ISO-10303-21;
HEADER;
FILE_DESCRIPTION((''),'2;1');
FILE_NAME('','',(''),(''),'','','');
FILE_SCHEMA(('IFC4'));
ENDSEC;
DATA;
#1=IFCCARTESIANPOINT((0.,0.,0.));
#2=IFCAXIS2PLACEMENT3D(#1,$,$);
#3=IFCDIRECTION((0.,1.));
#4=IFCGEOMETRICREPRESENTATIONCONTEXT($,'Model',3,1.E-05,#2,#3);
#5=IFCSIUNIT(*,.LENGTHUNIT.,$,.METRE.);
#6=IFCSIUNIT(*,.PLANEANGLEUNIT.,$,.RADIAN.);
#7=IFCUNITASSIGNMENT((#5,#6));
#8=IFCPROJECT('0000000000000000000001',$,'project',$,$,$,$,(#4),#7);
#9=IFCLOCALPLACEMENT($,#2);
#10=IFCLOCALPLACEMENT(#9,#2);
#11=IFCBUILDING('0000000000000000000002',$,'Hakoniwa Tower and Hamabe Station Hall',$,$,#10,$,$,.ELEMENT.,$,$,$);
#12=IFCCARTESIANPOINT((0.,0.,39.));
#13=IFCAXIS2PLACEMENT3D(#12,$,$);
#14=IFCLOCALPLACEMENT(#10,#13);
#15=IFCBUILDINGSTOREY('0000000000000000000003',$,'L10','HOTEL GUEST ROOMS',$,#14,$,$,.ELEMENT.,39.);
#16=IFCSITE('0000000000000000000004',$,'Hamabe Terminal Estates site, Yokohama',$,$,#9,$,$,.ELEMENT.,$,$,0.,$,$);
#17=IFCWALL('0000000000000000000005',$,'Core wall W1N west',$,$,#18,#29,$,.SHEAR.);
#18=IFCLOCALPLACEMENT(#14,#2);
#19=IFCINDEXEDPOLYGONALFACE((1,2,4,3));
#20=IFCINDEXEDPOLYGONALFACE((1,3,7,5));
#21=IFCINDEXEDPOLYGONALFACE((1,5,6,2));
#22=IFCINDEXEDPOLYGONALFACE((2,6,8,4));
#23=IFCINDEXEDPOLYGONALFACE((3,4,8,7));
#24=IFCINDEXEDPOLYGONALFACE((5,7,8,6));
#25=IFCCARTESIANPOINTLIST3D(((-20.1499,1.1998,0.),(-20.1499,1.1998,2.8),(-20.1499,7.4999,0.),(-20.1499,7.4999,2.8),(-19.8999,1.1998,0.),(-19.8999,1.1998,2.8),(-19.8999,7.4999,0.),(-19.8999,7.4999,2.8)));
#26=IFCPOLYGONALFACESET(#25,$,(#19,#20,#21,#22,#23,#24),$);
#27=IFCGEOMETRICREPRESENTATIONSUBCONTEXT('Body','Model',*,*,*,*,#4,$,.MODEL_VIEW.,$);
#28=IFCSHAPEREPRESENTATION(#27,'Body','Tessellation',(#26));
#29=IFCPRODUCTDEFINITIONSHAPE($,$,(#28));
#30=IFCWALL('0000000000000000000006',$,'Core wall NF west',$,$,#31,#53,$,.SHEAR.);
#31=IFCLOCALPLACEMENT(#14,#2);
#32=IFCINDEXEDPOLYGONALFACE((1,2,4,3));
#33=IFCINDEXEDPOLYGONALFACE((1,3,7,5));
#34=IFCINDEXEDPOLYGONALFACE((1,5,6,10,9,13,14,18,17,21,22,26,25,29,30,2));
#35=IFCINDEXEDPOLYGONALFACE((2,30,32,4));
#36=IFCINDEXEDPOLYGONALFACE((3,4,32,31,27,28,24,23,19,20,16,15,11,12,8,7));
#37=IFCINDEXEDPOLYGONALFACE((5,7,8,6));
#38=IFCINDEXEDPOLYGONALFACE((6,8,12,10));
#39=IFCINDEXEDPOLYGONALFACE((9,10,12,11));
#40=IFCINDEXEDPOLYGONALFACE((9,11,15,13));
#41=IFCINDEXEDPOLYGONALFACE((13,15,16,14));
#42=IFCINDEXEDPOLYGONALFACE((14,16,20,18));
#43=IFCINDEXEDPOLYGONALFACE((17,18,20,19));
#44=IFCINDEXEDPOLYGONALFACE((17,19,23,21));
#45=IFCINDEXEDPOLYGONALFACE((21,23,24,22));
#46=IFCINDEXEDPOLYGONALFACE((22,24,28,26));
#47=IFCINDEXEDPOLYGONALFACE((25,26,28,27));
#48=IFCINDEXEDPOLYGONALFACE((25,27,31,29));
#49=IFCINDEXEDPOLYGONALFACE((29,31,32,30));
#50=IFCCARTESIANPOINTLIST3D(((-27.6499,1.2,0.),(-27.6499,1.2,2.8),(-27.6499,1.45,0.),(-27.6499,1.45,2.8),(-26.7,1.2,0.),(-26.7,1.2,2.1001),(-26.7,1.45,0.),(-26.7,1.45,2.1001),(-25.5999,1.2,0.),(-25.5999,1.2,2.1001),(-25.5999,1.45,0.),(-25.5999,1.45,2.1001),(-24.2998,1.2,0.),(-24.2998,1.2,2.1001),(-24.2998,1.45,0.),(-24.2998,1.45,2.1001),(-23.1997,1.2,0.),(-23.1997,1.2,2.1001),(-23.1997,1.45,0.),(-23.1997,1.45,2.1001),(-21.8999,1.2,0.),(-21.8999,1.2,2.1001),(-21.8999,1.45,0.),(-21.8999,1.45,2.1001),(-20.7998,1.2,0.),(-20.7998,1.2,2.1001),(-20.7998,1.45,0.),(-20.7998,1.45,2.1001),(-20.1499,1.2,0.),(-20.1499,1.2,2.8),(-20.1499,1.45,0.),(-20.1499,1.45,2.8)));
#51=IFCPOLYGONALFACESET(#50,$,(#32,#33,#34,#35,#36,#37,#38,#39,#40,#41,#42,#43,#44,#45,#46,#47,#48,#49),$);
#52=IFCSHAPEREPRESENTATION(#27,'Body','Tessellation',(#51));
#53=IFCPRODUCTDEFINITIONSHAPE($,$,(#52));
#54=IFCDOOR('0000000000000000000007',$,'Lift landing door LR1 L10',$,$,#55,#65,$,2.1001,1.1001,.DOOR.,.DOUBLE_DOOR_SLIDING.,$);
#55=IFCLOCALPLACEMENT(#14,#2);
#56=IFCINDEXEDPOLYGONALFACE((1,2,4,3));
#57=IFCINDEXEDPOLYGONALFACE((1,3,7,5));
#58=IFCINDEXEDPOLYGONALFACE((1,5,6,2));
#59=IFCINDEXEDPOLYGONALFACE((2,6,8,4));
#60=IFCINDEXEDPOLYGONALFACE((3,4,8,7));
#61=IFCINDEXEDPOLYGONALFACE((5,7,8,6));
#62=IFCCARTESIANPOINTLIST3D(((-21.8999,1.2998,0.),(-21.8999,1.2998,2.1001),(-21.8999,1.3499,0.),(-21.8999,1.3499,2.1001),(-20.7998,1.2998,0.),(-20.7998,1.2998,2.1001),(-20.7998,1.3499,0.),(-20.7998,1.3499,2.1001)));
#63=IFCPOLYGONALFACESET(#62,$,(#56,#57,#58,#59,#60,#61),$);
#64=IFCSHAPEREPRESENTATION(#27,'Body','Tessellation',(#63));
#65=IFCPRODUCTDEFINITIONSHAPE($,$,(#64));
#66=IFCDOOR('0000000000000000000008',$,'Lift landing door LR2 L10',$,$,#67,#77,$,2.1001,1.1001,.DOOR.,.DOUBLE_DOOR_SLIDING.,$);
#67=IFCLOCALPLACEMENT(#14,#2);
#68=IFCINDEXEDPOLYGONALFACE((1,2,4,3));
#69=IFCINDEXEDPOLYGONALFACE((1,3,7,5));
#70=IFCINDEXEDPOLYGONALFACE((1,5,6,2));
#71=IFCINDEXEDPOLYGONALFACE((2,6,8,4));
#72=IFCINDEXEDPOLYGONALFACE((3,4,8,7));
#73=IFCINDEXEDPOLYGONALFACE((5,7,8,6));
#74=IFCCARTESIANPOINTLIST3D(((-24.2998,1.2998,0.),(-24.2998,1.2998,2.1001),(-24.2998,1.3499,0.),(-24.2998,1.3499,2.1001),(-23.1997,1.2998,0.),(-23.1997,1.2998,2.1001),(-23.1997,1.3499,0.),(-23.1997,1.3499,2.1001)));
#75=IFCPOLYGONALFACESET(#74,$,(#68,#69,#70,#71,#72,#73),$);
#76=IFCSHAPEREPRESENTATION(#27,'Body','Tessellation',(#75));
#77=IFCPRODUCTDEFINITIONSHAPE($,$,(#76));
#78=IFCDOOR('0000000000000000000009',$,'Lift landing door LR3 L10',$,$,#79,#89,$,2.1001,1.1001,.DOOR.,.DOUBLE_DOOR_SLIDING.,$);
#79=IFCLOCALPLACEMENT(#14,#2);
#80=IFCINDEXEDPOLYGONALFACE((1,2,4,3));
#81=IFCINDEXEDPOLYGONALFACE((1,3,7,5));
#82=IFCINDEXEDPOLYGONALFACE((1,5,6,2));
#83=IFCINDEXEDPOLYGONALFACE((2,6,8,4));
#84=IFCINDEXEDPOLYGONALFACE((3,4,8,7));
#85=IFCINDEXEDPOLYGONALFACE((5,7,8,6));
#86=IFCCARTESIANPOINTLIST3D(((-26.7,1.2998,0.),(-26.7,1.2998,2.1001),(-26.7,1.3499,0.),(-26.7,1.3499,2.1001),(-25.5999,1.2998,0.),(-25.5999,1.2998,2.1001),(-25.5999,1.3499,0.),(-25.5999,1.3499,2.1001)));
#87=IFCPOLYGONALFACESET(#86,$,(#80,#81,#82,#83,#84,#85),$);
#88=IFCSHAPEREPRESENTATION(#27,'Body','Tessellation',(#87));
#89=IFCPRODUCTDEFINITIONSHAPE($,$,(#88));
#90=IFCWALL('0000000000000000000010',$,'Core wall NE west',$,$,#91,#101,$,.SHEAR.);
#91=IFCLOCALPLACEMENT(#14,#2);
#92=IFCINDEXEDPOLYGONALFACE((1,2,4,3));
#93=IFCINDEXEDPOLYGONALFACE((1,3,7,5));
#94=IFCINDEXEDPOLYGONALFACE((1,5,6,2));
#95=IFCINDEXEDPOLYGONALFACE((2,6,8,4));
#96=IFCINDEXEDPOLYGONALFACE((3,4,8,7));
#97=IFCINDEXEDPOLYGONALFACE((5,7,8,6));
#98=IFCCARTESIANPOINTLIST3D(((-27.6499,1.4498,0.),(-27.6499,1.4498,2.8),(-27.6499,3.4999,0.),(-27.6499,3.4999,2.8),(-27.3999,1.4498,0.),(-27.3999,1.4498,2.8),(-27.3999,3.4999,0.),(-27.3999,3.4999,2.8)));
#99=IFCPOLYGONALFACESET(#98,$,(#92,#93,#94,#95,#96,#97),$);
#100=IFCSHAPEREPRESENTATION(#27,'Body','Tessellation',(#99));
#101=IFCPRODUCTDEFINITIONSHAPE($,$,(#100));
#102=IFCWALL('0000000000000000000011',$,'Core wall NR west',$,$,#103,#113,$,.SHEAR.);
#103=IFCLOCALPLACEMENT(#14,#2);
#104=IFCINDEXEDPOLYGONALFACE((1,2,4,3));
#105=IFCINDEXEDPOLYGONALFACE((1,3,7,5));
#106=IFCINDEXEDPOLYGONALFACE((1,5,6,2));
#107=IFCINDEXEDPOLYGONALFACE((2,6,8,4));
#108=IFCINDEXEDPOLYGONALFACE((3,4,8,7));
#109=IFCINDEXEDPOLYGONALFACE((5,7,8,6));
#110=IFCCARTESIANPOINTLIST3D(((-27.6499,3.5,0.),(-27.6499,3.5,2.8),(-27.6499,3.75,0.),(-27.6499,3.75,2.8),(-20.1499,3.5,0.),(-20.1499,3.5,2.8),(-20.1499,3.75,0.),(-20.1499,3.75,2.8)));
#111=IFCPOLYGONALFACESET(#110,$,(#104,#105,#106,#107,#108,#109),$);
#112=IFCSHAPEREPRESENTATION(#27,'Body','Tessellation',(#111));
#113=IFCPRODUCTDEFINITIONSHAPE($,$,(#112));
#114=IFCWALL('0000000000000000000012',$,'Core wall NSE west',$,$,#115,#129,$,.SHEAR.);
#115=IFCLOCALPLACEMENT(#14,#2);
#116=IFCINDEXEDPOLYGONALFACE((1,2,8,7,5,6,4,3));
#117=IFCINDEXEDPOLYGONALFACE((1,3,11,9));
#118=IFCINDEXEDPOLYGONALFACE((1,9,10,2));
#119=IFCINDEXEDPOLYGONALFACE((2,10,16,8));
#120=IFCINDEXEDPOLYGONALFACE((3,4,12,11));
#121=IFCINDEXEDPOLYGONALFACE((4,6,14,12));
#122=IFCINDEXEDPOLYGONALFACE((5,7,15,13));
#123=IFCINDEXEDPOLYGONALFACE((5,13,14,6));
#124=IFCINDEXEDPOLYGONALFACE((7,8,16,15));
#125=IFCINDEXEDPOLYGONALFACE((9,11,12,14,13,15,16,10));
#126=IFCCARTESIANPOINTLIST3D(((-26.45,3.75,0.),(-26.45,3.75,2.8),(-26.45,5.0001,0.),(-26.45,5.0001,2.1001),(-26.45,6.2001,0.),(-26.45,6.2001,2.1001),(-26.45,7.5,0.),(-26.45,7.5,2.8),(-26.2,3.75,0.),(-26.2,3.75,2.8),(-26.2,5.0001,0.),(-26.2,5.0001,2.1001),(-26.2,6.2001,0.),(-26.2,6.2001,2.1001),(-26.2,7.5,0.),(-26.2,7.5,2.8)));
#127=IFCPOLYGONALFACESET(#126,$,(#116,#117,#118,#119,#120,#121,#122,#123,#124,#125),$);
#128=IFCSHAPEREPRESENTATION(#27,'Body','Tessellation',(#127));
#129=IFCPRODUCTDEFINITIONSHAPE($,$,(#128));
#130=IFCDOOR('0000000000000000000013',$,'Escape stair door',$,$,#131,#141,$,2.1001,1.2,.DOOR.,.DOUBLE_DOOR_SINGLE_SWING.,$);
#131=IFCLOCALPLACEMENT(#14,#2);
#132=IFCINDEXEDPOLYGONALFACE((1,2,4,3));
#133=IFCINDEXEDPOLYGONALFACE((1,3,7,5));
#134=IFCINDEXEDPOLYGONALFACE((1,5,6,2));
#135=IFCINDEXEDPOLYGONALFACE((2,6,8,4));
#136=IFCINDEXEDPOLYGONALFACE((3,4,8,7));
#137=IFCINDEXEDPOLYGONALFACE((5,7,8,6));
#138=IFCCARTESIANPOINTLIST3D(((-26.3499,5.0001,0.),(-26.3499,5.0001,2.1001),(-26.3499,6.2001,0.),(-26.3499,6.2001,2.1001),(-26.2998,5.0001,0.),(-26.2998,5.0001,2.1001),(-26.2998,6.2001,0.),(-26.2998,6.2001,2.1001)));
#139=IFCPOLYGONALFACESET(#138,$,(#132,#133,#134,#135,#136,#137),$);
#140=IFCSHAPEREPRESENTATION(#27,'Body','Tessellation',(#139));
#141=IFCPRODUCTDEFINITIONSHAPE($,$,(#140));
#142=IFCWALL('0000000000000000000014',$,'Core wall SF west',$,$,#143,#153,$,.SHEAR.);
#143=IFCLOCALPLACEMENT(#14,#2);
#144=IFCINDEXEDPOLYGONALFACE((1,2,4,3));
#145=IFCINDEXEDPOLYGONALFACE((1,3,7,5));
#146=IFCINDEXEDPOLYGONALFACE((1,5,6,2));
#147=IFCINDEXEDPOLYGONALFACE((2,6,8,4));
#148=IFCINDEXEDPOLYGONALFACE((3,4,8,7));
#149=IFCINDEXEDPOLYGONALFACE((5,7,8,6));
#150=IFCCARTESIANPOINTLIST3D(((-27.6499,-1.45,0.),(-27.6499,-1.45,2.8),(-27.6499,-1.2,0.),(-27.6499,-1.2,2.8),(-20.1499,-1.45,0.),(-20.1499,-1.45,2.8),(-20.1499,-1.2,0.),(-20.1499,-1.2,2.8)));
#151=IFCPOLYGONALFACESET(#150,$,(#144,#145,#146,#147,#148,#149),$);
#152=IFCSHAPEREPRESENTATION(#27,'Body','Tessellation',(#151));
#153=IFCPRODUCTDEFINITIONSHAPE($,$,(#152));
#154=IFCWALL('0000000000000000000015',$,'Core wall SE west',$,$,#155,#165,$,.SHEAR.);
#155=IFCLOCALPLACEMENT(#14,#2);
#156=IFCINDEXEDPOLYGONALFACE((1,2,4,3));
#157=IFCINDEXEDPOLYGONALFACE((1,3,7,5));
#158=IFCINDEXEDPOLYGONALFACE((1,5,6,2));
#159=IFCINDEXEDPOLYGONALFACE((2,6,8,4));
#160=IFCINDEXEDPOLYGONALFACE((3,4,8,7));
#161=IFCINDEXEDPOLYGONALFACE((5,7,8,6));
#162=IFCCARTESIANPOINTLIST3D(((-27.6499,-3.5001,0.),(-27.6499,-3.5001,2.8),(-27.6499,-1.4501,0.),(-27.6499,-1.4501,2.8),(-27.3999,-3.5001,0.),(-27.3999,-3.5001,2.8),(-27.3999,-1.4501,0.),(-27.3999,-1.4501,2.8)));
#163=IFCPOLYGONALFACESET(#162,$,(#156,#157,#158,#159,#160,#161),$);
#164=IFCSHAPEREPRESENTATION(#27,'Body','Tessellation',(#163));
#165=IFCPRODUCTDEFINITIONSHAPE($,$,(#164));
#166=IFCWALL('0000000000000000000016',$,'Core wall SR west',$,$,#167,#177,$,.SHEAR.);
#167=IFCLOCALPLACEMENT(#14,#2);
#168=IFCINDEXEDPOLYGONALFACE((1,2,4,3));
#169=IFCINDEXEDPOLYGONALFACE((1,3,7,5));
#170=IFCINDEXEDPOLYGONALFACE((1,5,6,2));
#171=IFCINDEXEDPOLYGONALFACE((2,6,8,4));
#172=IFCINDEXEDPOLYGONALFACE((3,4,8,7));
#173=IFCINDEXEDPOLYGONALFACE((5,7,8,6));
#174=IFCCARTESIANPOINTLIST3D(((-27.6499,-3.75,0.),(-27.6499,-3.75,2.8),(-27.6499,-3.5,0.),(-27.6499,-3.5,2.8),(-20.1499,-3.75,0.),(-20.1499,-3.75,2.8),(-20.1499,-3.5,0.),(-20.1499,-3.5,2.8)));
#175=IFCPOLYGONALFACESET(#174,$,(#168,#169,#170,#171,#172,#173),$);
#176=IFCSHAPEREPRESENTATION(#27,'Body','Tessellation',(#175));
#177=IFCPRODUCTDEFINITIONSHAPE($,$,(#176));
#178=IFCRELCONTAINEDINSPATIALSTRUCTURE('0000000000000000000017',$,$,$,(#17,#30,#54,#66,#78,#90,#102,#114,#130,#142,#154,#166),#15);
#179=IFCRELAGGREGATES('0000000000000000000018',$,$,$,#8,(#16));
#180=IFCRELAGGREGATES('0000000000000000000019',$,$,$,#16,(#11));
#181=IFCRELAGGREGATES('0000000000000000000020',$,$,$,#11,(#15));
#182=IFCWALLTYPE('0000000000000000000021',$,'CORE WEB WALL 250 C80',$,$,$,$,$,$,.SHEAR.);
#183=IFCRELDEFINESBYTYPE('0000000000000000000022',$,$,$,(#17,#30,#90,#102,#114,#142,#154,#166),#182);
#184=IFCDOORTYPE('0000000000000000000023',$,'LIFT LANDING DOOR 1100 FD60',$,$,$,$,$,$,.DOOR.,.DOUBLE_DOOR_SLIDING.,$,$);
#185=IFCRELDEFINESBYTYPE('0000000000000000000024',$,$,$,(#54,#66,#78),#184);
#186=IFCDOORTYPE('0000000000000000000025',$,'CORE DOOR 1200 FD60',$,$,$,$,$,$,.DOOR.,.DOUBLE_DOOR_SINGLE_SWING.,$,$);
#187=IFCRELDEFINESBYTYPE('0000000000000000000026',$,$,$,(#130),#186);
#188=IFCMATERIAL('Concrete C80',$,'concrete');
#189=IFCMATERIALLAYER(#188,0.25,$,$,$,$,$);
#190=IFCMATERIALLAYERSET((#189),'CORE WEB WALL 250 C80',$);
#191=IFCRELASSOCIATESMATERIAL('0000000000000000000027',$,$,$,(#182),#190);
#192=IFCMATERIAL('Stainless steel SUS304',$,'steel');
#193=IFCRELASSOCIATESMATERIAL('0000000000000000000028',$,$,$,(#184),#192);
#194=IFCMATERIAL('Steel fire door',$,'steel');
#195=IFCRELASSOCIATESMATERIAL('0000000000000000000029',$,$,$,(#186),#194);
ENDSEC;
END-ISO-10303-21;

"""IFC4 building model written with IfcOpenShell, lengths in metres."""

from ifc_helpers import new_model, si_unit, direction, frame, frame_2d, origin, place, context, subcontext, project, spatial, rectangle, extrude, material, layer, layer_set, type_object, element, fill, save


model = new_model("IFC4")

# Units and contexts
model_context = context("Model", 3, precision=1e-05, world=origin(), true_north=direction((0.0, 1.0)))
body_context = subcontext(model_context, "Body", "Model", "MODEL_VIEW")
ifc_project = project(units=[si_unit("LENGTHUNIT", "METRE"), si_unit("PLANEANGLEUNIT", "RADIAN")], contexts=[model_context])

# Site, building, storey
site_placement = place(None, origin())
site = spatial("IfcSite", under=ifc_project, at=site_placement, Name="Hamabe Terminal Estates site, Yokohama", CompositionType="ELEMENT", RefElevation=0.0)
building_placement = place(site_placement, origin())
building = spatial("IfcBuilding", under=site, at=building_placement, Name="Hakoniwa Tower and Hamabe Station Hall", CompositionType="ELEMENT")
storey_placement = place(building_placement, frame((0.0, 0.0, 39.0)))
storey = spatial("IfcBuildingStorey", under=building, at=storey_placement, Name="L10", Description="HOTEL GUEST ROOMS", CompositionType="ELEMENT", Elevation=39.0)

# Wall
ifc_material_1 = material(Name="Concrete C80", Category="concrete")
ifc_layer_1 = layer(ifc_material_1, 0.25)
ifc_layer_set_1 = layer_set([ifc_layer_1], Name="CORE WEB WALL 250 C80")
wall_type_1 = type_object("IfcWallType", Name="CORE WEB WALL 250 C80", PredefinedType="SHEAR", material=ifc_layer_set_1)
wall_1_placement = place(storey_placement, frame((-20.0249, 1.2, 0.0), z_axis=(0.0, 0.0, 1.0), x_axis=(0.0, 1.0, 0.0)))
element("IfcWall", 1, at=wall_1_placement, inside=storey, type_object=wall_type_1, Name="Core wall W1N west", PredefinedType="SHEAR", context=body_context, shape_type="SweptSolid", body=[
    extrude(rectangle(XDim=6.3, YDim=0.25, at=frame_2d((3.1499, 0.0))), origin(), (0.0, 0.0, 1.0), 2.8),
])

# Wall, openings, doors
wall_2_placement = place(storey_placement, frame((-27.6499, 1.325, 0.0), z_axis=(0.0, 0.0, 1.0), x_axis=(1.0, 0.0, 0.0)))
wall_2 = element("IfcWall", 2, at=wall_2_placement, inside=storey, type_object=wall_type_1, Name="Core wall NF west", PredefinedType="SHEAR", context=body_context, shape_type="SweptSolid", body=[
    extrude(rectangle(XDim=7.5, YDim=0.25, at=frame_2d((3.75, 0.0))), origin(), (0.0, 0.0, 1.0), 2.8),
])
opening_1_placement = place(wall_2_placement, frame((5.75, 0.0, 0.0)))
opening_1 = element("IfcOpeningElement", 3, at=opening_1_placement, cuts=wall_2, PredefinedType="OPENING", context=body_context, shape_type="SweptSolid", body=[
    extrude(rectangle(XDim=1.1001, YDim=2.1001, at=frame_2d((0.55, 1.05))), frame((0.0, 0.135, 0.0), z_axis=(0.0, -1.0, 0.0), x_axis=(1.0, 0.0, 0.0)), (0.0, 0.0, 1.0), 0.27),
])
opening_2_placement = place(wall_2_placement, frame((3.3501, 0.0, 0.0)))
opening_2 = element("IfcOpeningElement", 4, at=opening_2_placement, cuts=wall_2, PredefinedType="OPENING", context=body_context, shape_type="SweptSolid", body=[
    extrude(rectangle(XDim=1.1001, YDim=2.1001, at=frame_2d((0.55, 1.05))), frame((0.0, 0.135, 0.0), z_axis=(0.0, -1.0, 0.0), x_axis=(1.0, 0.0, 0.0)), (0.0, 0.0, 1.0), 0.27),
])
opening_3_placement = place(wall_2_placement, frame((0.95, 0.0, 0.0)))
opening_3 = element("IfcOpeningElement", 5, at=opening_3_placement, cuts=wall_2, PredefinedType="OPENING", context=body_context, shape_type="SweptSolid", body=[
    extrude(rectangle(XDim=1.1001, YDim=2.1001, at=frame_2d((0.55, 1.05))), frame((0.0, 0.135, 0.0), z_axis=(0.0, -1.0, 0.0), x_axis=(1.0, 0.0, 0.0)), (0.0, 0.0, 1.0), 0.27),
])
ifc_material_2 = material(Name="Stainless steel SUS304", Category="steel")
door_type_1 = type_object("IfcDoorType", Name="LIFT LANDING DOOR 1100 FD60", OperationType="DOUBLE_DOOR_SLIDING", PredefinedType="DOOR", material=ifc_material_2)
door_1_placement = place(opening_1_placement, origin())
door_1 = element("IfcDoor", 6, at=door_1_placement, inside=storey, type_object=door_type_1, Name="Lift landing door LR1 L10", OperationType="DOUBLE_DOOR_SLIDING", OverallHeight=2.1001, OverallWidth=1.1001, PredefinedType="DOOR", context=body_context, shape_type="SweptSolid", body=[
    extrude(rectangle(XDim=1.1001, YDim=2.1001, at=frame_2d((0.55, 1.05))), frame((0.0, 0.0249, 0.0), z_axis=(0.0, -1.0, 0.0), x_axis=(1.0, 0.0, 0.0)), (0.0, 0.0, 1.0), 0.05),
])
fill(opening_1, door_1)
door_2_placement = place(opening_2_placement, origin())
door_2 = element("IfcDoor", 7, at=door_2_placement, inside=storey, type_object=door_type_1, Name="Lift landing door LR2 L10", OperationType="DOUBLE_DOOR_SLIDING", OverallHeight=2.1001, OverallWidth=1.1001, PredefinedType="DOOR", context=body_context, shape_type="SweptSolid", body=[
    extrude(rectangle(XDim=1.1001, YDim=2.1001, at=frame_2d((0.55, 1.05))), frame((0.0, 0.0249, 0.0), z_axis=(0.0, -1.0, 0.0), x_axis=(1.0, 0.0, 0.0)), (0.0, 0.0, 1.0), 0.05),
])
fill(opening_2, door_2)
door_3_placement = place(opening_3_placement, origin())
door_3 = element("IfcDoor", 8, at=door_3_placement, inside=storey, type_object=door_type_1, Name="Lift landing door LR3 L10", OperationType="DOUBLE_DOOR_SLIDING", OverallHeight=2.1001, OverallWidth=1.1001, PredefinedType="DOOR", context=body_context, shape_type="SweptSolid", body=[
    extrude(rectangle(XDim=1.1001, YDim=2.1001, at=frame_2d((0.55, 1.05))), frame((0.0, 0.0249, 0.0), z_axis=(0.0, -1.0, 0.0), x_axis=(1.0, 0.0, 0.0)), (0.0, 0.0, 1.0), 0.05),
])
fill(opening_3, door_3)

# Walls
wall_3_placement = place(storey_placement, frame((-27.5249, 1.45, 0.0), z_axis=(0.0, 0.0, 1.0), x_axis=(0.0, 1.0, 0.0)))
element("IfcWall", 9, at=wall_3_placement, inside=storey, type_object=wall_type_1, Name="Core wall NE west", PredefinedType="SHEAR", context=body_context, shape_type="SweptSolid", body=[
    extrude(rectangle(XDim=2.05, YDim=0.25, at=frame_2d((1.0249, 0.0))), origin(), (0.0, 0.0, 1.0), 2.8),
])
wall_4_placement = place(storey_placement, frame((-27.6499, 3.625, 0.0), z_axis=(0.0, 0.0, 1.0), x_axis=(1.0, 0.0, 0.0)))
element("IfcWall", 10, at=wall_4_placement, inside=storey, type_object=wall_type_1, Name="Core wall NR west", PredefinedType="SHEAR", context=body_context, shape_type="SweptSolid", body=[
    extrude(rectangle(XDim=7.5, YDim=0.25, at=frame_2d((3.75, 0.0))), origin(), (0.0, 0.0, 1.0), 2.8),
])

# Wall, opening, door
wall_5_placement = place(storey_placement, frame((-26.325, 3.75, 0.0), z_axis=(0.0, 0.0, 1.0), x_axis=(0.0, 1.0, 0.0)))
wall_5 = element("IfcWall", 11, at=wall_5_placement, inside=storey, type_object=wall_type_1, Name="Core wall NSE west", PredefinedType="SHEAR", context=body_context, shape_type="SweptSolid", body=[
    extrude(rectangle(XDim=3.75, YDim=0.25, at=frame_2d((1.875, 0.0))), origin(), (0.0, 0.0, 1.0), 2.8),
])
opening_4_placement = place(wall_5_placement, frame((1.25, 0.0, 0.0)))
opening_4 = element("IfcOpeningElement", 12, at=opening_4_placement, cuts=wall_5, PredefinedType="OPENING", context=body_context, shape_type="SweptSolid", body=[
    extrude(rectangle(XDim=1.2, YDim=2.1001, at=frame_2d((0.6001, 1.05))), frame((0.0, 0.135, 0.0), z_axis=(0.0, -1.0, 0.0), x_axis=(1.0, 0.0, 0.0)), (0.0, 0.0, 1.0), 0.27),
])
ifc_material_3 = material(Name="Steel fire door", Category="steel")
door_type_2 = type_object("IfcDoorType", Name="CORE DOOR 1200 FD60", OperationType="DOUBLE_DOOR_SINGLE_SWING", PredefinedType="DOOR", material=ifc_material_3)
door_4_placement = place(opening_4_placement, origin())
door_4 = element("IfcDoor", 13, at=door_4_placement, inside=storey, type_object=door_type_2, Name="Escape stair door", OperationType="DOUBLE_DOOR_SINGLE_SWING", OverallHeight=2.1001, OverallWidth=1.2, PredefinedType="DOOR", context=body_context, shape_type="SweptSolid", body=[
    extrude(rectangle(XDim=1.2, YDim=2.1001, at=frame_2d((0.6001, 1.05))), frame((0.0, 0.0249, 0.0), z_axis=(0.0, -1.0, 0.0), x_axis=(1.0, 0.0, 0.0)), (0.0, 0.0, 1.0), 0.05),
])
fill(opening_4, door_4)

# Walls
wall_6_placement = place(storey_placement, frame((-27.6499, -1.325, 0.0), z_axis=(0.0, 0.0, 1.0), x_axis=(1.0, 0.0, 0.0)))
element("IfcWall", 14, at=wall_6_placement, inside=storey, type_object=wall_type_1, Name="Core wall SF west", PredefinedType="SHEAR", context=body_context, shape_type="SweptSolid", body=[
    extrude(rectangle(XDim=7.5, YDim=0.25, at=frame_2d((3.75, 0.0))), origin(), (0.0, 0.0, 1.0), 2.8),
])
wall_7_placement = place(storey_placement, frame((-27.5249, -3.5, 0.0), z_axis=(0.0, 0.0, 1.0), x_axis=(0.0, 1.0, 0.0)))
element("IfcWall", 15, at=wall_7_placement, inside=storey, type_object=wall_type_1, Name="Core wall SE west", PredefinedType="SHEAR", context=body_context, shape_type="SweptSolid", body=[
    extrude(rectangle(XDim=2.05, YDim=0.25, at=frame_2d((1.0249, 0.0))), origin(), (0.0, 0.0, 1.0), 2.8),
])
wall_8_placement = place(storey_placement, frame((-27.6499, -3.625, 0.0), z_axis=(0.0, 0.0, 1.0), x_axis=(1.0, 0.0, 0.0)))
element("IfcWall", 16, at=wall_8_placement, inside=storey, type_object=wall_type_1, Name="Core wall SR west", PredefinedType="SHEAR", context=body_context, shape_type="SweptSolid", body=[
    extrude(rectangle(XDim=7.5, YDim=0.25, at=frame_2d((3.75, 0.0))), origin(), (0.0, 0.0, 1.0), 2.8),
])

save(model, "model.ifc")
